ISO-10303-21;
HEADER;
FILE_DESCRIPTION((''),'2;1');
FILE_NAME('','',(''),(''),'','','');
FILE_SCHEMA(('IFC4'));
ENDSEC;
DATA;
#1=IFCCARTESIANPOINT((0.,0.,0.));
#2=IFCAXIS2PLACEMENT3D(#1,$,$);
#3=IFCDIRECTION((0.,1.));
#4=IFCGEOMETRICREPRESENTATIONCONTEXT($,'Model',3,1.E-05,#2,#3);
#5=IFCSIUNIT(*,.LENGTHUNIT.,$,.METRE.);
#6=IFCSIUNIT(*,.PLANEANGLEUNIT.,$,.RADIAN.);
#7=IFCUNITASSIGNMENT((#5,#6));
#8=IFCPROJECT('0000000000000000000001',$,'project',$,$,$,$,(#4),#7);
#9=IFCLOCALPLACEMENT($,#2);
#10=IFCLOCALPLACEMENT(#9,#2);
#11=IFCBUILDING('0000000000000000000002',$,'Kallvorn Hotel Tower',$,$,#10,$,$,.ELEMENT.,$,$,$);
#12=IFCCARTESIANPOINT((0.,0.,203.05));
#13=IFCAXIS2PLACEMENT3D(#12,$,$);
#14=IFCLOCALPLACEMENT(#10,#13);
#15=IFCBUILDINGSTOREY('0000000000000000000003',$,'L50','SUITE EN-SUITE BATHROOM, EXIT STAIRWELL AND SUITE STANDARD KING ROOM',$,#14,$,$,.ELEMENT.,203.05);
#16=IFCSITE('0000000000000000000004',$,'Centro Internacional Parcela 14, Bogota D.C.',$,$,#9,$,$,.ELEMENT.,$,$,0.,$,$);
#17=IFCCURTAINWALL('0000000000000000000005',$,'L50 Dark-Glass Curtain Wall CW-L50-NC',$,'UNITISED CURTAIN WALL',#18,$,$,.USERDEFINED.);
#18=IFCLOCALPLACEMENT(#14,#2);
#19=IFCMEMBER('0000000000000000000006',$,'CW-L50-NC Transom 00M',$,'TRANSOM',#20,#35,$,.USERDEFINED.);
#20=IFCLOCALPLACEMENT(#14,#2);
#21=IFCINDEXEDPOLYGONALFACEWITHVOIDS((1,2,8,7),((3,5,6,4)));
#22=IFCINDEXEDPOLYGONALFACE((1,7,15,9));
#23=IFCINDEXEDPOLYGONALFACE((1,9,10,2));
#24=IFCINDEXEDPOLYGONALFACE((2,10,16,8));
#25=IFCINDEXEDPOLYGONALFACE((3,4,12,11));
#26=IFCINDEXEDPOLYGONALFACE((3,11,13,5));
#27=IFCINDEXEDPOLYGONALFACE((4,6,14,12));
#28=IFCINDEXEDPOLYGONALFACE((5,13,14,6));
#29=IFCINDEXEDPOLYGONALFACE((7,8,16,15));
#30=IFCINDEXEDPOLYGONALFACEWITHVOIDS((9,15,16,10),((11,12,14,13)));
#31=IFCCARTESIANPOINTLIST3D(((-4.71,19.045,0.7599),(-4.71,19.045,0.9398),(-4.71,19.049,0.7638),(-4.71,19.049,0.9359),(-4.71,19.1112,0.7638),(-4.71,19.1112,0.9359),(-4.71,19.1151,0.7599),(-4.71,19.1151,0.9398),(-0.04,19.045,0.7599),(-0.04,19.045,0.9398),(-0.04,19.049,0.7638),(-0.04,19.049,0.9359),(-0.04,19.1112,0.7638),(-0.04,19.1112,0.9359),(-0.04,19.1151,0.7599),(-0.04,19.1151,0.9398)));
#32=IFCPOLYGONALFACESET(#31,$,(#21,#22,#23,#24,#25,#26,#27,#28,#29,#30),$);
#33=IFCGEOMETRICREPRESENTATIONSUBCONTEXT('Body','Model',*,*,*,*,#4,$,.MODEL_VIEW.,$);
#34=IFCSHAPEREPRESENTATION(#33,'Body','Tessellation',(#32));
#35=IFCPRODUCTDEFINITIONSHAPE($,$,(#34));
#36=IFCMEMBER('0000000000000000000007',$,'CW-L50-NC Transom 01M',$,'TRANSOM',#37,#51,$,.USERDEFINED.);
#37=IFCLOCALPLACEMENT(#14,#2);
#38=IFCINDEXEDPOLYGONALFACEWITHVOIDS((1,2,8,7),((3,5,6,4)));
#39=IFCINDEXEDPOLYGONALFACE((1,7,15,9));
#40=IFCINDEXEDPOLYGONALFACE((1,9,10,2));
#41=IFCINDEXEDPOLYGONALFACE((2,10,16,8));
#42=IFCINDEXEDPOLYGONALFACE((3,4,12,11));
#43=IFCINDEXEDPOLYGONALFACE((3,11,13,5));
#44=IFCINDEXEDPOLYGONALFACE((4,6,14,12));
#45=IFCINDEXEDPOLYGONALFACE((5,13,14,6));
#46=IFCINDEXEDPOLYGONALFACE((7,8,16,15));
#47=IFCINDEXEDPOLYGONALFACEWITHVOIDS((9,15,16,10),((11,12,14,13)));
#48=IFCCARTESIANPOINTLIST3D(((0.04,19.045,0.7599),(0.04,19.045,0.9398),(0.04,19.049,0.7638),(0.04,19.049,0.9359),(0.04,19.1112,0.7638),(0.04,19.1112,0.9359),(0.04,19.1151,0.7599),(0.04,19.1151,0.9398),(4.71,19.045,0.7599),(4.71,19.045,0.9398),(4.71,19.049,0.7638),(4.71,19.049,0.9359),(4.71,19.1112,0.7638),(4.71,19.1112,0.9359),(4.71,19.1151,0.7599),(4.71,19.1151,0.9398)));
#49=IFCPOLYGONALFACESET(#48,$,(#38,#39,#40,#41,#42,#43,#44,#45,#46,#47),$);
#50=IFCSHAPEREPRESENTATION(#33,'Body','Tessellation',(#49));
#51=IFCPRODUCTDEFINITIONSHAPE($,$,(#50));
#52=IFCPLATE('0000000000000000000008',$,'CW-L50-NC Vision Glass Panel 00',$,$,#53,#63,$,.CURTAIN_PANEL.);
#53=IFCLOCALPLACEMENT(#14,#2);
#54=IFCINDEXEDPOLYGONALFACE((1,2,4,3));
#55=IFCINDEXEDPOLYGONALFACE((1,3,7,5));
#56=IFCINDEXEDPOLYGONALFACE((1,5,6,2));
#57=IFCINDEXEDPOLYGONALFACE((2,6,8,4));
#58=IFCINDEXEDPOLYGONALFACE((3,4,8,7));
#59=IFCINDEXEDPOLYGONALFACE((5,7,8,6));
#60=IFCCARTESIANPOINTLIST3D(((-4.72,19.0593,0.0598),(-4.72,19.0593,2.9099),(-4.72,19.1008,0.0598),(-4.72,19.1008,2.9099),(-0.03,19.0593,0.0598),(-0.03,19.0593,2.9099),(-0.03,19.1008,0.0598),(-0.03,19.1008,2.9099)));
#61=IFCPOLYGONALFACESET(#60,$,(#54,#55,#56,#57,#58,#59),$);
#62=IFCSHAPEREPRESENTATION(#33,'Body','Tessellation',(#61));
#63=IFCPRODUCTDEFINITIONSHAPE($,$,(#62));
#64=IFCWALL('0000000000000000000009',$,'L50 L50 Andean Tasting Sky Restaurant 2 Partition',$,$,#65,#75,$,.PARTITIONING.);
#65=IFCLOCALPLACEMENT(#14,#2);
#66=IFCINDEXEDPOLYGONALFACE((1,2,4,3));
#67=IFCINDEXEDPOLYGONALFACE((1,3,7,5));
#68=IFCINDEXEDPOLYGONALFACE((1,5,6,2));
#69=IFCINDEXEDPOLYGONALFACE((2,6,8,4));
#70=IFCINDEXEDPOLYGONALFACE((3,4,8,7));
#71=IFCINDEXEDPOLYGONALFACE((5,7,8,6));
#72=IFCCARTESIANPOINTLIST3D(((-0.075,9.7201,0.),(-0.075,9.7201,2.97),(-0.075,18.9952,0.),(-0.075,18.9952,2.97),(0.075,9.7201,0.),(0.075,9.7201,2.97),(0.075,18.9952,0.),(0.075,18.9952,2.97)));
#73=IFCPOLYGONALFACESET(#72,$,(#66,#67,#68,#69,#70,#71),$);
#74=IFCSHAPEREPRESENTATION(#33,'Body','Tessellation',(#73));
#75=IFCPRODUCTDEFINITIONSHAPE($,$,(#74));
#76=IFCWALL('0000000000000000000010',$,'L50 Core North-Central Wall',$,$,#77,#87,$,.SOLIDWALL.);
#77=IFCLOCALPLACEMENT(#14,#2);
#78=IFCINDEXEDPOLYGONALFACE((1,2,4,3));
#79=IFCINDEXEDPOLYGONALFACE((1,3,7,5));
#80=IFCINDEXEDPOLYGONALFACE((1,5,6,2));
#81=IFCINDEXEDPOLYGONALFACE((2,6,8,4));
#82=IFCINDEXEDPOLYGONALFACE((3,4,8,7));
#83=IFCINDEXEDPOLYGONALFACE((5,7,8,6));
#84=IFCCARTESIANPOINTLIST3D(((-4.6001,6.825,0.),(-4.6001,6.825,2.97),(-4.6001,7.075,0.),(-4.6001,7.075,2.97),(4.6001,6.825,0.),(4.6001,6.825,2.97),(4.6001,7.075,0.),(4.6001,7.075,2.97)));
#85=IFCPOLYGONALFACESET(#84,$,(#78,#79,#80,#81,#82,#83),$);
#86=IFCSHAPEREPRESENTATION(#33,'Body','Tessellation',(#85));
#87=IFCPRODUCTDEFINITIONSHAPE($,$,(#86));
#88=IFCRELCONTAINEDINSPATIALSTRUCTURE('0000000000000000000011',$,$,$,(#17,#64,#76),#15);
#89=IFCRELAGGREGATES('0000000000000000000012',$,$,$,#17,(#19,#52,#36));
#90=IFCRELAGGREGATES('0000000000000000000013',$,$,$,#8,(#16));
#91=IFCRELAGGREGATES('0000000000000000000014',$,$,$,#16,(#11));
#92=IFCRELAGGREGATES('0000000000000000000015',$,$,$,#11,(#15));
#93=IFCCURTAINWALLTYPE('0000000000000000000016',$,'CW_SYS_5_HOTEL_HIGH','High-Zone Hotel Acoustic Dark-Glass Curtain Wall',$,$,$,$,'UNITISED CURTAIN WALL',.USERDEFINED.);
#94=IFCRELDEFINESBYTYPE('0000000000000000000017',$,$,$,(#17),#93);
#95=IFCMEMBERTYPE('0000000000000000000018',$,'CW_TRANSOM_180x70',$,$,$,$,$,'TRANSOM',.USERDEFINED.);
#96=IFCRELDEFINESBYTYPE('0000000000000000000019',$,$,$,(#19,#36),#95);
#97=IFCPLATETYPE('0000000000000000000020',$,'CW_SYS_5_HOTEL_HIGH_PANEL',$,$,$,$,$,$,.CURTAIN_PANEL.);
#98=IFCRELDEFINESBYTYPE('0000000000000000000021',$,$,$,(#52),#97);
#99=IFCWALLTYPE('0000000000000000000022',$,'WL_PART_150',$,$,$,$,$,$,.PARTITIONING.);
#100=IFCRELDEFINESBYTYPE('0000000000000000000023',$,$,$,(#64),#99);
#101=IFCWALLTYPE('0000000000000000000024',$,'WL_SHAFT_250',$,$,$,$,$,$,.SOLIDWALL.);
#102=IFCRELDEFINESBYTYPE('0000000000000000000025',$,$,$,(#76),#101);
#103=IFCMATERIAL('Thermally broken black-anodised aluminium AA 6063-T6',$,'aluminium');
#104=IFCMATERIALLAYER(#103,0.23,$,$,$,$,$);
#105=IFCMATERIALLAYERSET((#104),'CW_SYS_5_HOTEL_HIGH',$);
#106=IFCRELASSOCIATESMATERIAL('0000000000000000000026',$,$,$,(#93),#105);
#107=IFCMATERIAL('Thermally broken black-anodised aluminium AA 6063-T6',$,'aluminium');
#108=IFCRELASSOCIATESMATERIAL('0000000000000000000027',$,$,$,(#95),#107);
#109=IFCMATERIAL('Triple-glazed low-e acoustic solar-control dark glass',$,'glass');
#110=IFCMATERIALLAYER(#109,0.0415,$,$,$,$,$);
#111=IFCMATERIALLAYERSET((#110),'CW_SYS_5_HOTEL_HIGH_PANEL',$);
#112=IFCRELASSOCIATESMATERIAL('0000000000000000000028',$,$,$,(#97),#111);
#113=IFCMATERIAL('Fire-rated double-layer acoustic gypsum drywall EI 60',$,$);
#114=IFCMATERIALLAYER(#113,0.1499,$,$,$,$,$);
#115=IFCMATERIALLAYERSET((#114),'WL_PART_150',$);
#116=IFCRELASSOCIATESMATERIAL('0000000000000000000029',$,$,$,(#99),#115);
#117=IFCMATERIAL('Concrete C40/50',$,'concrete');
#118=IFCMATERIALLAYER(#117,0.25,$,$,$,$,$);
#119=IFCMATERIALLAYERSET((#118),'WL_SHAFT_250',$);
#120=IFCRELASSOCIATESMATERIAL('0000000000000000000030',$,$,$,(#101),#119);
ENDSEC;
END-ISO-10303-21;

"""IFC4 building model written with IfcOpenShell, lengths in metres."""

from ifc_helpers import new_model, si_unit, direction, frame, frame_2d, origin, origin_2d, place, context, subcontext, project, spatial, rectangle, hollow_rectangle, extrude, material, layer, layer_set, material_profile, profile_set, type_object, element, aggregate, save


model = new_model("IFC4")

# Units and contexts
model_context = context("Model", 3, precision=1e-05, world=origin(), true_north=direction((0.0, 1.0)))
body_context = subcontext(model_context, "Body", "Model", "MODEL_VIEW")
ifc_project = project(units=[si_unit("LENGTHUNIT", "METRE"), si_unit("PLANEANGLEUNIT", "RADIAN")], contexts=[model_context])

# Site, building, storey
site_placement = place(None, origin())
site = spatial("IfcSite", under=ifc_project, at=site_placement, Name="Centro Internacional Parcela 14, Bogota D.C.", CompositionType="ELEMENT", RefElevation=0.0)
building_placement = place(site_placement, origin())
building = spatial("IfcBuilding", under=site, at=building_placement, Name="Kallvorn Hotel Tower", CompositionType="ELEMENT")
storey_placement = place(building_placement, frame((0.0, 0.0, 203.05)))
storey = spatial("IfcBuildingStorey", under=building, at=storey_placement, Name="L50", Description="SUITE EN-SUITE BATHROOM, EXIT STAIRWELL AND SUITE STANDARD KING ROOM", CompositionType="ELEMENT", Elevation=203.05)

# Curtain wall, members, plate
ifc_material_1 = material(Name="Thermally broken black-anodised aluminium AA 6063-T6", Category="aluminium")
ifc_layer_1 = layer(ifc_material_1, 0.23)
ifc_layer_set_1 = layer_set([ifc_layer_1], Name="CW_SYS_5_HOTEL_HIGH")
curtain_wall_type = type_object("IfcCurtainWallType", Name="CW_SYS_5_HOTEL_HIGH", Description="High-Zone Hotel Acoustic Dark-Glass Curtain Wall", ElementType="UNITISED CURTAIN WALL", PredefinedType="USERDEFINED", material=ifc_layer_set_1)
curtain_wall_placement = place(storey_placement, origin())
curtain_wall = element("IfcCurtainWall", 1, at=curtain_wall_placement, inside=storey, type_object=curtain_wall_type, Name="L50 Dark-Glass Curtain Wall CW-L50-NC", ObjectType="UNITISED CURTAIN WALL", PredefinedType="USERDEFINED")
ifc_material_2 = material(Name="Thermally broken black-anodised aluminium AA 6063-T6", Category="aluminium")
ifc_material_profile_1 = material_profile(ifc_material_2, hollow_rectangle(XDim=0.0701, YDim=0.1799, WallThickness=0.0039, at=origin_2d()), Name="TRN 180x70")
ifc_profile_set_1 = profile_set([ifc_material_profile_1], Name="Thermally broken black-anodised aluminium AA 6063-T6")
member_type_1 = type_object("IfcMemberType", Name="CW_TRANSOM_180x70", ElementType="TRANSOM", PredefinedType="USERDEFINED", material=ifc_profile_set_1)
member_1_placement = place(storey_placement, frame((-4.71, 19.0801, 0.8499), z_axis=(1.0, 0.0, 0.0), x_axis=(0.0, 1.0, 0.0)))
member_1 = element("IfcMember", 2, at=member_1_placement, type_object=member_type_1, Name="CW-L50-NC Transom 00M", ObjectType="TRANSOM", PredefinedType="USERDEFINED", context=body_context, shape_type="SweptSolid", body=[
    extrude(hollow_rectangle(XDim=0.0701, YDim=0.1799, WallThickness=0.0039, at=origin_2d()), origin(), (0.0, 0.0, 1.0), 4.6699),
])
member_2_placement = place(storey_placement, frame((0.04, 19.0801, 0.8499), z_axis=(1.0, 0.0, 0.0), x_axis=(0.0, 1.0, 0.0)))
member_2 = element("IfcMember", 3, at=member_2_placement, type_object=member_type_1, Name="CW-L50-NC Transom 01M", ObjectType="TRANSOM", PredefinedType="USERDEFINED", context=body_context, shape_type="SweptSolid", body=[
    extrude(hollow_rectangle(XDim=0.0701, YDim=0.1799, WallThickness=0.0039, at=origin_2d()), origin(), (0.0, 0.0, 1.0), 4.6699),
])
ifc_material_3 = material(Name="Triple-glazed low-e acoustic solar-control dark glass", Category="glass")
ifc_layer_2 = layer(ifc_material_3, 0.0415)
ifc_layer_set_2 = layer_set([ifc_layer_2], Name="CW_SYS_5_HOTEL_HIGH_PANEL")
plate_type = type_object("IfcPlateType", Name="CW_SYS_5_HOTEL_HIGH_PANEL", PredefinedType="CURTAIN_PANEL", material=ifc_layer_set_2)
plate_placement = place(storey_placement, frame((-2.375, 19.0801, 0.0598), z_axis=(0.0, 0.0, 1.0), x_axis=(1.0, 0.0, 0.0)))
plate = element("IfcPlate", 4, at=plate_placement, type_object=plate_type, Name="CW-L50-NC Vision Glass Panel 00", PredefinedType="CURTAIN_PANEL", context=body_context, shape_type="SweptSolid", body=[
    extrude(rectangle(XDim=4.6899, YDim=0.0415, at=origin_2d()), origin(), (0.0, 0.0, 1.0), 2.8501),
])
aggregate(curtain_wall, [member_1, plate, member_2])

# Walls
ifc_material_4 = material(Name="Fire-rated double-layer acoustic gypsum drywall EI 60")
ifc_layer_3 = layer(ifc_material_4, 0.1499)
ifc_layer_set_3 = layer_set([ifc_layer_3], Name="WL_PART_150")
wall_type_1 = type_object("IfcWallType", Name="WL_PART_150", PredefinedType="PARTITIONING", material=ifc_layer_set_3)
wall_1_placement = place(storey_placement, frame((0.0, 9.72, 0.0), z_axis=(0.0, 0.0, 1.0), x_axis=(0.0, 1.0, 0.0)))
element("IfcWall", 5, at=wall_1_placement, inside=storey, type_object=wall_type_1, Name="L50 L50 Andean Tasting Sky Restaurant 2 Partition", PredefinedType="PARTITIONING", context=body_context, shape_type="SweptSolid", body=[
    extrude(rectangle(XDim=9.2751, YDim=0.1499, at=frame_2d((4.6377, 0.0))), origin(), (0.0, 0.0, 1.0), 2.97),
])
ifc_material_5 = material(Name="Concrete C40/50", Category="concrete")
ifc_layer_4 = layer(ifc_material_5, 0.25)
ifc_layer_set_4 = layer_set([ifc_layer_4], Name="WL_SHAFT_250")
wall_type_2 = type_object("IfcWallType", Name="WL_SHAFT_250", PredefinedType="SOLIDWALL", material=ifc_layer_set_4)
wall_2_placement = place(storey_placement, frame((-4.6001, 6.95, 0.0), z_axis=(0.0, 0.0, 1.0), x_axis=(1.0, 0.0, 0.0)))
element("IfcWall", 6, at=wall_2_placement, inside=storey, type_object=wall_type_2, Name="L50 Core North-Central Wall", PredefinedType="SOLIDWALL", context=body_context, shape_type="SweptSolid", body=[
    extrude(rectangle(XDim=9.2002, YDim=0.25, at=frame_2d((4.6001, 0.0))), origin(), (0.0, 0.0, 1.0), 2.97),
])

save(model, "model.ifc")
